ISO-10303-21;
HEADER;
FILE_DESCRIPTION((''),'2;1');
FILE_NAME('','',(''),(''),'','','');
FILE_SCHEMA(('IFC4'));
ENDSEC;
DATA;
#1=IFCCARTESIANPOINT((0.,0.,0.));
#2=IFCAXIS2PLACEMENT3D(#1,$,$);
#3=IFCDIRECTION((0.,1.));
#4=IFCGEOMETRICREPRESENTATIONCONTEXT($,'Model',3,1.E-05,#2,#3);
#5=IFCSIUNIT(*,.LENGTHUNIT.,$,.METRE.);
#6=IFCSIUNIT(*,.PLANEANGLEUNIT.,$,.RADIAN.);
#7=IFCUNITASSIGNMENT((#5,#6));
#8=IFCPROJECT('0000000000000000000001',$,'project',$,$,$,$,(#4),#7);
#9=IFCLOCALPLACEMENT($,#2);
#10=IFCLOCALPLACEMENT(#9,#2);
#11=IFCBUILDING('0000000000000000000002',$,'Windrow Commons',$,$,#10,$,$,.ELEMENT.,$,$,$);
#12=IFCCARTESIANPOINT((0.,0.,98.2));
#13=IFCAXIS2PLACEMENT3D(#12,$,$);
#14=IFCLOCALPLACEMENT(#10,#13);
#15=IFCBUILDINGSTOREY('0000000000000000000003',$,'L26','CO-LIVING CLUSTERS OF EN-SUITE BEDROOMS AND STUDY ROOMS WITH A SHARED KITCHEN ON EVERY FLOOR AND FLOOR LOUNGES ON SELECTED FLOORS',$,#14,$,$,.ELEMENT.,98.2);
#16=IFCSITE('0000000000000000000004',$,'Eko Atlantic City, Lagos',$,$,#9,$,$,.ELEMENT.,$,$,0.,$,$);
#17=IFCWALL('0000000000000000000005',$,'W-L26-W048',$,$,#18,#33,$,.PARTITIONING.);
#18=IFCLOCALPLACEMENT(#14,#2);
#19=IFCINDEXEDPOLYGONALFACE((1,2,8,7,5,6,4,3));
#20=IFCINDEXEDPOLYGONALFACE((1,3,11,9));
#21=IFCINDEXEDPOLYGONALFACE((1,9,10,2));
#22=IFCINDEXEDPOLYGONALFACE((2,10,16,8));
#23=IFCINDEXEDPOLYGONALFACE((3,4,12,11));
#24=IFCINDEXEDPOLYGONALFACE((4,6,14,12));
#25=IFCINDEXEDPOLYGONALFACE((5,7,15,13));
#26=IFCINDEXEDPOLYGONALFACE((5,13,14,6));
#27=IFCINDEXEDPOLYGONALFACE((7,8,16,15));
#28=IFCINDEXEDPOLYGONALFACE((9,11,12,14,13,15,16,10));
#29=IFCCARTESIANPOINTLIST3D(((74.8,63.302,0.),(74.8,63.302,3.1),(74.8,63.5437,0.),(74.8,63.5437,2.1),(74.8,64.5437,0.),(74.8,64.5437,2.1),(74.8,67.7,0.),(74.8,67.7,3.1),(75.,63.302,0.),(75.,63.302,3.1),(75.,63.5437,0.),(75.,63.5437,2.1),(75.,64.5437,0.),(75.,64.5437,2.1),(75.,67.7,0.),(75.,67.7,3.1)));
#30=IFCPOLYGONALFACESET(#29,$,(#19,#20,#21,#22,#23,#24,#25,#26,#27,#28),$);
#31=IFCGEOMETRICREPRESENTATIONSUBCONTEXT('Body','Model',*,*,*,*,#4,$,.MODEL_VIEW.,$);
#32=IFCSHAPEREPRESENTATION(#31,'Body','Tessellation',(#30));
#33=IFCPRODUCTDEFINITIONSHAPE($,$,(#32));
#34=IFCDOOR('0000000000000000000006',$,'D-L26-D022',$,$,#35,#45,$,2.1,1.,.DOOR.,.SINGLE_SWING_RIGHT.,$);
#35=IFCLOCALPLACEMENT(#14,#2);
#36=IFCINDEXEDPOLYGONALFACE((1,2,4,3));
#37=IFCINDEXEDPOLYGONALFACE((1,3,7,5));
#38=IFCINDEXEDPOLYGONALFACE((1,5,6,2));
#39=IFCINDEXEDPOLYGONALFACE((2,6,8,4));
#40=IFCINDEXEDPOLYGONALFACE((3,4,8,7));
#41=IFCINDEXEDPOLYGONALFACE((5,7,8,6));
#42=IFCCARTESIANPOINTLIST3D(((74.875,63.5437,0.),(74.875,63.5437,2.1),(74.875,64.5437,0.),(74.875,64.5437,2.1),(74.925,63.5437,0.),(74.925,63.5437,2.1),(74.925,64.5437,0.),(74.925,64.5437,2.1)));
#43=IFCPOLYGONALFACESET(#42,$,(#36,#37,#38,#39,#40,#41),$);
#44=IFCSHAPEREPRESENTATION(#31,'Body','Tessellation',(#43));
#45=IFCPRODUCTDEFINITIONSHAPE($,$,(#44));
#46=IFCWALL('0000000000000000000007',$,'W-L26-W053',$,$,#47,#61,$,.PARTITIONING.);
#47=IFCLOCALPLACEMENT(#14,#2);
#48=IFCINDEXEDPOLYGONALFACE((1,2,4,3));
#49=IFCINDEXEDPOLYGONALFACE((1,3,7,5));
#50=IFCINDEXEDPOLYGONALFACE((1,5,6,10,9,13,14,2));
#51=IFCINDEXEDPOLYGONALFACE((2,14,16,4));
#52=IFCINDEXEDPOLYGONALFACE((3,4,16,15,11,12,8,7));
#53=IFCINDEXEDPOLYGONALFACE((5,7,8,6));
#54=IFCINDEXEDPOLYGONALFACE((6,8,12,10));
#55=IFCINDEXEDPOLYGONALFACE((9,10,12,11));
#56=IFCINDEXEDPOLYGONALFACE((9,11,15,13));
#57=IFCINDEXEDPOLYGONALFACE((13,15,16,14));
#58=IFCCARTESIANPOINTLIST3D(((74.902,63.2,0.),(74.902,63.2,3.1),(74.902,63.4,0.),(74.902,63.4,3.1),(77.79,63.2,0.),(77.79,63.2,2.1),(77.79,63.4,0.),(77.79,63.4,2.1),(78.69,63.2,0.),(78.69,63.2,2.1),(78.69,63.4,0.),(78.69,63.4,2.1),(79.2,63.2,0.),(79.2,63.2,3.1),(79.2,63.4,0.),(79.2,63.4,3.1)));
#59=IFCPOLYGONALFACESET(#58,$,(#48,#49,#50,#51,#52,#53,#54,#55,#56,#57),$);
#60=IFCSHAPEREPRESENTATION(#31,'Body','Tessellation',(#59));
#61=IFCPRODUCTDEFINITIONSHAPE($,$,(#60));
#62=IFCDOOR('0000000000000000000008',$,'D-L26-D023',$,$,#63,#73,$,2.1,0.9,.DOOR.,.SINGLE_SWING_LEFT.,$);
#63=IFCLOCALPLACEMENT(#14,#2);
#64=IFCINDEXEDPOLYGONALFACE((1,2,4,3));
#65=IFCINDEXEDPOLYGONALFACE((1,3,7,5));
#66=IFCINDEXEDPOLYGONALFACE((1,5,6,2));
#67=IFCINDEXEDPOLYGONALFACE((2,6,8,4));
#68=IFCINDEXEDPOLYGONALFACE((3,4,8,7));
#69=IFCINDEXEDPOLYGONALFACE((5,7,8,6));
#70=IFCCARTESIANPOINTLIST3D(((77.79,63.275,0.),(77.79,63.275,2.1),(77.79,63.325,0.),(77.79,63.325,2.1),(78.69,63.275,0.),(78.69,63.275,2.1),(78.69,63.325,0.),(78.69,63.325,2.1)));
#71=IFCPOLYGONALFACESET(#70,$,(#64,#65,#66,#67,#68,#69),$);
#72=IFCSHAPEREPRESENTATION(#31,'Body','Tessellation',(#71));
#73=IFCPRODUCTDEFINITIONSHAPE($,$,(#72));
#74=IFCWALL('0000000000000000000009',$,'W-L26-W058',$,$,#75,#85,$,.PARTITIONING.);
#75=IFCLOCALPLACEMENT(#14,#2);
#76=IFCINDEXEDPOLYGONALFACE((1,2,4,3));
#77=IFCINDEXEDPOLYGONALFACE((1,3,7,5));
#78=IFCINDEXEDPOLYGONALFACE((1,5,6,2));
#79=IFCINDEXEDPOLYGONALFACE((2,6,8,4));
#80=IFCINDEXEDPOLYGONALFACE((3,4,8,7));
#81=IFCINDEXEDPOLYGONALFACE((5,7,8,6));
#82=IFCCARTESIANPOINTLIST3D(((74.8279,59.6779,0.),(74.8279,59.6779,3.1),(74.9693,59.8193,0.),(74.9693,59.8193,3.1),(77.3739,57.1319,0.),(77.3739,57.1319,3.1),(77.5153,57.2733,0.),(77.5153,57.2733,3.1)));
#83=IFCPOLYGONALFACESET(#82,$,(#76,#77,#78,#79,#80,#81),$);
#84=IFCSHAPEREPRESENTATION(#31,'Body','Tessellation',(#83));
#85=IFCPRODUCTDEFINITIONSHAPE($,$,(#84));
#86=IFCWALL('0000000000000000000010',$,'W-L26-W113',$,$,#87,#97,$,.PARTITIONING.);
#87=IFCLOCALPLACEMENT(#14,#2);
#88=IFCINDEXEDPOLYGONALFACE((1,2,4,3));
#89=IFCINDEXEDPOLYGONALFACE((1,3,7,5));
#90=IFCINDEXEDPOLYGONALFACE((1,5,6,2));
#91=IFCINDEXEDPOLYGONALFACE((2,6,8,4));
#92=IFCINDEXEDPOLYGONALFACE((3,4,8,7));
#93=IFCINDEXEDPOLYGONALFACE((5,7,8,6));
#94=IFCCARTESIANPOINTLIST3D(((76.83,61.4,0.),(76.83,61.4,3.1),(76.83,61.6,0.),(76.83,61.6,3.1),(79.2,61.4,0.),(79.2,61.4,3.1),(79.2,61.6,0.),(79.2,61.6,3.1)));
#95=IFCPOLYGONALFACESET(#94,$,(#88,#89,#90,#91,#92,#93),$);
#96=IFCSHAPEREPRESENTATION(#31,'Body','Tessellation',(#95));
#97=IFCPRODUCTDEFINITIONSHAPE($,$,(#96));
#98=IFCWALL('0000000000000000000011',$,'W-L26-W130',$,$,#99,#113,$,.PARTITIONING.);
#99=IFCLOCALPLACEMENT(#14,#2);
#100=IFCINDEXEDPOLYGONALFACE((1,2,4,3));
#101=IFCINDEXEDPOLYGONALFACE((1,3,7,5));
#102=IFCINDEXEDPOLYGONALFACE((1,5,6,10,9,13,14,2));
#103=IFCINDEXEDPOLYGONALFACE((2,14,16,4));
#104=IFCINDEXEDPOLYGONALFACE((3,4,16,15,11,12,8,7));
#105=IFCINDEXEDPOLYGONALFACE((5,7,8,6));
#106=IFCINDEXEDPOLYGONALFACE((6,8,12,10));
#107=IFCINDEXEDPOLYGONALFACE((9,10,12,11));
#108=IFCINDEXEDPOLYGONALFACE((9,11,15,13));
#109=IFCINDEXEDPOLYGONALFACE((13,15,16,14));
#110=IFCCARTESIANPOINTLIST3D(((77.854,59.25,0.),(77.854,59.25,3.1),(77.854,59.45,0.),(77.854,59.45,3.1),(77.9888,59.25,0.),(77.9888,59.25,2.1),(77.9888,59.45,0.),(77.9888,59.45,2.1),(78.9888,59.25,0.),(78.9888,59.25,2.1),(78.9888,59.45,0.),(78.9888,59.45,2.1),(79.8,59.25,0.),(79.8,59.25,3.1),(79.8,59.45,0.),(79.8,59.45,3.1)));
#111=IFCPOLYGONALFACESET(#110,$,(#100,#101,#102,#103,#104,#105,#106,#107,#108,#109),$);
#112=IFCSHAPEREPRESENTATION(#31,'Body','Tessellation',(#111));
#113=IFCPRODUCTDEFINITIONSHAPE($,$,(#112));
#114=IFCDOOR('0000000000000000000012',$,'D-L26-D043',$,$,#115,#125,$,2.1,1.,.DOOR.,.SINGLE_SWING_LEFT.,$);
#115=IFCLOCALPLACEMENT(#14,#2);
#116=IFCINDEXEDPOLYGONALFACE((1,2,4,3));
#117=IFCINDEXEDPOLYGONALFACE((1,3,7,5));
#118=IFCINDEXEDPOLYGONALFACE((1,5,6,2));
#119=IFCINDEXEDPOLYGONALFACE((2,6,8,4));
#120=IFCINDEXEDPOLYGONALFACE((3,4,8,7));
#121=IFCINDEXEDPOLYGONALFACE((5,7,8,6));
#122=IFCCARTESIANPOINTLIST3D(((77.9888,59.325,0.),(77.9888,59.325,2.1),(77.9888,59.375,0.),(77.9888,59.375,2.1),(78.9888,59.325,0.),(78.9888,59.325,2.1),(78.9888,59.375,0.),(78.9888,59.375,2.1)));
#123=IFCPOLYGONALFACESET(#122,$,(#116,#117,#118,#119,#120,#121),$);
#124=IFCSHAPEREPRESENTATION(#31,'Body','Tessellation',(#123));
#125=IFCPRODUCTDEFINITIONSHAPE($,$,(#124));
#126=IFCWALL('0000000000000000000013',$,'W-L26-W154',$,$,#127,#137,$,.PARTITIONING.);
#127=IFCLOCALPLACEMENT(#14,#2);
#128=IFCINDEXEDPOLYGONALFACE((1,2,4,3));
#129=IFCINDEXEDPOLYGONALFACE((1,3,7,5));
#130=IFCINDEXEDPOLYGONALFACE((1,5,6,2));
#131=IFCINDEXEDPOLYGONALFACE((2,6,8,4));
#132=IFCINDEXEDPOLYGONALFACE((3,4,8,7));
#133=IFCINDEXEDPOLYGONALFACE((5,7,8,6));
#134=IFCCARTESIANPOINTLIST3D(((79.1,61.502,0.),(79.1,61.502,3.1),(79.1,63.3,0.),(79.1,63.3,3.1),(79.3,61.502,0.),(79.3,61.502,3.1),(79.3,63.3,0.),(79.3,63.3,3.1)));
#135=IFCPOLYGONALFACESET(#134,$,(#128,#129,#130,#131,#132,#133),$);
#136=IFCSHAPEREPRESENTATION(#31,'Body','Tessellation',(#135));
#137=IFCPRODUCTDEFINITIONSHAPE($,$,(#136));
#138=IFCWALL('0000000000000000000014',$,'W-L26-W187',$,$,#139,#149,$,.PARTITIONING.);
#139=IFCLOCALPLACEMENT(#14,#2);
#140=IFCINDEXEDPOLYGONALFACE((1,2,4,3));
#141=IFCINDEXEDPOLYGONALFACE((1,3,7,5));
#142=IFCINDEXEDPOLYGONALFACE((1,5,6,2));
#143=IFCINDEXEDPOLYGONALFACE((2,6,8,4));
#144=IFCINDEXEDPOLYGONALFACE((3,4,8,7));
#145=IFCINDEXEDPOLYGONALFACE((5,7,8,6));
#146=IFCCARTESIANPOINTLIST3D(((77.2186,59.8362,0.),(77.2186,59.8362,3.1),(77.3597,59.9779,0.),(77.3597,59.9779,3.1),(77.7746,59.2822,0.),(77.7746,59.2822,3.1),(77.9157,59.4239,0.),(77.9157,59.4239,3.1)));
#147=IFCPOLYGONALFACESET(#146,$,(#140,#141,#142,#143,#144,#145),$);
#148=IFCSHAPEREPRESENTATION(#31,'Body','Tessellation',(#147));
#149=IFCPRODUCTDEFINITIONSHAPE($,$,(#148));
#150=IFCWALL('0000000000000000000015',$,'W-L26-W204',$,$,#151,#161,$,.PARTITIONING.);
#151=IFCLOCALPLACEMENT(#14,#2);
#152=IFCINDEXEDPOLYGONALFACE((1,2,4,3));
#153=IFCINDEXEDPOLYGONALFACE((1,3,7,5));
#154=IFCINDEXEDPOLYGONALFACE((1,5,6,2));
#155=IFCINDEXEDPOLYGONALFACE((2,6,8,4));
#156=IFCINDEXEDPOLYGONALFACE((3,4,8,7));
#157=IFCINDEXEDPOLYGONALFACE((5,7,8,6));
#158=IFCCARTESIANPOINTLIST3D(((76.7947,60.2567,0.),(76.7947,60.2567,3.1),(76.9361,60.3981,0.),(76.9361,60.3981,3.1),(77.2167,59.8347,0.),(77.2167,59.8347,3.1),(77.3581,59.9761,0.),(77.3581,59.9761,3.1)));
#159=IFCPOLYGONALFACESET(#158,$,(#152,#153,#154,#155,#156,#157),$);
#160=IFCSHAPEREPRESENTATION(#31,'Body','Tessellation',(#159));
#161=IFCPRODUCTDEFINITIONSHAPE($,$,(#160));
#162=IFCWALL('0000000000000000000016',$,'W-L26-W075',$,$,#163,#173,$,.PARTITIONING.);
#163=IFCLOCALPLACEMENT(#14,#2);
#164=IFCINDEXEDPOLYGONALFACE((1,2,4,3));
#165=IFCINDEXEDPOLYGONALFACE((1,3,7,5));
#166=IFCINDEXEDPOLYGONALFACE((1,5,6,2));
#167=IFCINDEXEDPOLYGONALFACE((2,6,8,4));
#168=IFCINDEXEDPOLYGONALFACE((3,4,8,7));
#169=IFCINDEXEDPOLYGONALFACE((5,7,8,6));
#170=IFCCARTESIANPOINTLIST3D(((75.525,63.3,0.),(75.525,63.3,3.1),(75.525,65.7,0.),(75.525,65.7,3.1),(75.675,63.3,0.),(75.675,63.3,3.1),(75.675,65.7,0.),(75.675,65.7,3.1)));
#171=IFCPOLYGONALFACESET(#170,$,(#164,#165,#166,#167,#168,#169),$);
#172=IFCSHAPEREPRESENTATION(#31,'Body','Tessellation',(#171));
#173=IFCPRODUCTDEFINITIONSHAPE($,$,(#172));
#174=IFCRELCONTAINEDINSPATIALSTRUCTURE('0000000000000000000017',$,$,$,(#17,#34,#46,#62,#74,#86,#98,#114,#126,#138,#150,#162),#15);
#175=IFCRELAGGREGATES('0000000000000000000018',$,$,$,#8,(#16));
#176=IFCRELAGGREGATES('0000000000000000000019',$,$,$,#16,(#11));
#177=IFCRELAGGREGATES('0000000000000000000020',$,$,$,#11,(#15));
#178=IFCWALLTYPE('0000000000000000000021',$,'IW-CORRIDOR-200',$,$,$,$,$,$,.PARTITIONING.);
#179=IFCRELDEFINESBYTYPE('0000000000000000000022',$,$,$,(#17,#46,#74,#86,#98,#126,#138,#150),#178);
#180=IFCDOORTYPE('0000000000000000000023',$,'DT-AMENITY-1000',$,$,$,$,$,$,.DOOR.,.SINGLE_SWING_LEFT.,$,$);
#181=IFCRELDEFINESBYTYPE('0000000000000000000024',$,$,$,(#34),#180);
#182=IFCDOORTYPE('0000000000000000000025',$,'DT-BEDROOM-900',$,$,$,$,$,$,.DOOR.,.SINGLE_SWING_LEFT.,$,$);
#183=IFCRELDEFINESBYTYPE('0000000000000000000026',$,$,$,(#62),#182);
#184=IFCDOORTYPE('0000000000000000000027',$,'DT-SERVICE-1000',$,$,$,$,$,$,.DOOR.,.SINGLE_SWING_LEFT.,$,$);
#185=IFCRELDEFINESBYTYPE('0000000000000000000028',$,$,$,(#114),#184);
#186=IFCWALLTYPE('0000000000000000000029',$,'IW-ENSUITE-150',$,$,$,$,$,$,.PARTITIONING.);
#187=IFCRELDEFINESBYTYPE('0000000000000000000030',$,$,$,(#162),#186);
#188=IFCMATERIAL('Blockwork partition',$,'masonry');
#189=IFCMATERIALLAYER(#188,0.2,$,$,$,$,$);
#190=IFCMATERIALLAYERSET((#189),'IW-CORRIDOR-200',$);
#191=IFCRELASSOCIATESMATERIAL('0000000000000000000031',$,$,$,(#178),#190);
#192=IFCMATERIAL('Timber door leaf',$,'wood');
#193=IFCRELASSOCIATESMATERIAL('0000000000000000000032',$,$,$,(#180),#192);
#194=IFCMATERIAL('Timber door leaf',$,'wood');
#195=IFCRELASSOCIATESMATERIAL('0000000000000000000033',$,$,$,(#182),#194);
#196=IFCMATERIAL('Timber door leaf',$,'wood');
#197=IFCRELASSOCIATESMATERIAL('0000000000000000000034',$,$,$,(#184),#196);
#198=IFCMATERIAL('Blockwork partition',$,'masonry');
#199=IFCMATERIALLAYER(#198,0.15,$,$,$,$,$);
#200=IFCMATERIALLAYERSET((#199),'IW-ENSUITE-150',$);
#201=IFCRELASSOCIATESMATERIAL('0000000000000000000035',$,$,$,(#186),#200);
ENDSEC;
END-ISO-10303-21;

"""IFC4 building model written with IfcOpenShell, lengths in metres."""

from ifc_helpers import new_model, si_unit, direction, frame, frame_2d, origin, place, context, subcontext, project, spatial, rectangle, extrude, material, layer, layer_set, type_object, element, fill, save


model = new_model("IFC4")

# Units and contexts
model_context = context("Model", 3, precision=1e-05, world=origin(), true_north=direction((0.0, 1.0)))
body_context = subcontext(model_context, "Body", "Model", "MODEL_VIEW")
ifc_project = project(units=[si_unit("LENGTHUNIT", "METRE"), si_unit("PLANEANGLEUNIT", "RADIAN")], contexts=[model_context])

# Site, building, storey
site_placement = place(None, origin())
site = spatial("IfcSite", under=ifc_project, at=site_placement, Name="Eko Atlantic City, Lagos", CompositionType="ELEMENT", RefElevation=0.0)
building_placement = place(site_placement, origin())
building = spatial("IfcBuilding", under=site, at=building_placement, Name="Windrow Commons", CompositionType="ELEMENT")
storey_placement = place(building_placement, frame((0.0, 0.0, 98.2)))
storey = spatial("IfcBuildingStorey", under=building, at=storey_placement, Name="L26", Description="CO-LIVING CLUSTERS OF EN-SUITE BEDROOMS AND STUDY ROOMS WITH A SHARED KITCHEN ON EVERY FLOOR AND FLOOR LOUNGES ON SELECTED FLOORS", CompositionType="ELEMENT", Elevation=98.2)

# Walls, openings, doors
ifc_material_1 = material(Name="Blockwork partition", Category="masonry")
ifc_layer_1 = layer(ifc_material_1, 0.2)
ifc_layer_set_1 = layer_set([ifc_layer_1], Name="IW-CORRIDOR-200")
wall_type_1 = type_object("IfcWallType", Name="IW-CORRIDOR-200", PredefinedType="PARTITIONING", material=ifc_layer_set_1)
wall_1_placement = place(storey_placement, frame((74.9, 63.302, 0.0), z_axis=(0.0, 0.0, 1.0), x_axis=(0.0, 1.0, 0.0)))
wall_1 = element("IfcWall", 1, at=wall_1_placement, inside=storey, type_object=wall_type_1, Name="W-L26-W048", PredefinedType="PARTITIONING", context=body_context, shape_type="SweptSolid", body=[
    extrude(rectangle(XDim=4.398, YDim=0.2, at=frame_2d((2.199, 0.0))), origin(), (0.0, 0.0, 1.0), 3.1),
])
opening_1_placement = place(wall_1_placement, frame((0.2417, 0.0, 0.0)))
opening_1 = element("IfcOpeningElement", 2, at=opening_1_placement, cuts=wall_1, PredefinedType="OPENING", context=body_context, shape_type="SweptSolid", body=[
    extrude(rectangle(XDim=1.0, YDim=2.1, at=frame_2d((0.5, 1.05))), frame((0.0, 0.11, 0.0), z_axis=(0.0, -1.0, 0.0), x_axis=(1.0, 0.0, 0.0)), (0.0, 0.0, 1.0), 0.22),
])
ifc_material_2 = material(Name="Timber door leaf", Category="wood")
door_type_1 = type_object("IfcDoorType", Name="DT-AMENITY-1000", OperationType="SINGLE_SWING_LEFT", PredefinedType="DOOR", material=ifc_material_2)
door_1_placement = place(opening_1_placement, origin())
door_1 = element("IfcDoor", 3, at=door_1_placement, inside=storey, type_object=door_type_1, Name="D-L26-D022", OperationType="SINGLE_SWING_RIGHT", OverallHeight=2.1, OverallWidth=1.0, PredefinedType="DOOR", context=body_context, shape_type="SweptSolid", body=[
    extrude(rectangle(XDim=1.0, YDim=2.1, at=frame_2d((0.5, 1.05))), frame((0.0, 0.025, 0.0), z_axis=(0.0, -1.0, 0.0), x_axis=(1.0, 0.0, 0.0)), (0.0, 0.0, 1.0), 0.05),
])
fill(opening_1, door_1)
wall_2_placement = place(storey_placement, frame((74.902, 63.3, 0.0), z_axis=(0.0, 0.0, 1.0), x_axis=(1.0, 0.0, 0.0)))
wall_2 = element("IfcWall", 4, at=wall_2_placement, inside=storey, type_object=wall_type_1, Name="W-L26-W053", PredefinedType="PARTITIONING", context=body_context, shape_type="SweptSolid", body=[
    extrude(rectangle(XDim=4.298, YDim=0.2, at=frame_2d((2.149, 0.0))), origin(), (0.0, 0.0, 1.0), 3.1),
])
opening_2_placement = place(wall_2_placement, frame((2.888, 0.0, 0.0)))
opening_2 = element("IfcOpeningElement", 5, at=opening_2_placement, cuts=wall_2, PredefinedType="OPENING", context=body_context, shape_type="SweptSolid", body=[
    extrude(rectangle(XDim=0.9, YDim=2.1, at=frame_2d((0.45, 1.05))), frame((0.0, 0.11, 0.0), z_axis=(0.0, -1.0, 0.0), x_axis=(1.0, 0.0, 0.0)), (0.0, 0.0, 1.0), 0.22),
])
ifc_material_3 = material(Name="Timber door leaf", Category="wood")
door_type_2 = type_object("IfcDoorType", Name="DT-BEDROOM-900", OperationType="SINGLE_SWING_LEFT", PredefinedType="DOOR", material=ifc_material_3)
door_2_placement = place(opening_2_placement, origin())
door_2 = element("IfcDoor", 6, at=door_2_placement, inside=storey, type_object=door_type_2, Name="D-L26-D023", OperationType="SINGLE_SWING_LEFT", OverallHeight=2.1, OverallWidth=0.9, PredefinedType="DOOR", context=body_context, shape_type="SweptSolid", body=[
    extrude(rectangle(XDim=0.9, YDim=2.1, at=frame_2d((0.45, 1.05))), frame((0.0, 0.025, 0.0), z_axis=(0.0, -1.0, 0.0), x_axis=(1.0, 0.0, 0.0)), (0.0, 0.0, 1.0), 0.05),
])
fill(opening_2, door_2)

# Walls
wall_3_placement = place(storey_placement, frame((74.8986, 59.7486, 0.0), z_axis=(0.0, 0.0, 1.0), x_axis=(0.707107, -0.707107, 0.0)))
element("IfcWall", 7, at=wall_3_placement, inside=storey, type_object=wall_type_1, Name="W-L26-W058", PredefinedType="PARTITIONING", context=body_context, shape_type="SweptSolid", body=[
    extrude(rectangle(XDim=3.6006, YDim=0.2, at=frame_2d((1.8003, 0.0))), origin(), (0.0, 0.0, 1.0), 3.1),
])
wall_4_placement = place(storey_placement, frame((76.83, 61.5, 0.0), z_axis=(0.0, 0.0, 1.0), x_axis=(1.0, 0.0, 0.0)))
element("IfcWall", 8, at=wall_4_placement, inside=storey, type_object=wall_type_1, Name="W-L26-W113", PredefinedType="PARTITIONING", context=body_context, shape_type="SweptSolid", body=[
    extrude(rectangle(XDim=2.37, YDim=0.2, at=frame_2d((1.185, 0.0))), origin(), (0.0, 0.0, 1.0), 3.1),
])

# Wall, opening, door
wall_5_placement = place(storey_placement, frame((77.854, 59.35, 0.0), z_axis=(0.0, 0.0, 1.0), x_axis=(1.0, 0.0, 0.0)))
wall_5 = element("IfcWall", 9, at=wall_5_placement, inside=storey, type_object=wall_type_1, Name="W-L26-W130", PredefinedType="PARTITIONING", context=body_context, shape_type="SweptSolid", body=[
    extrude(rectangle(XDim=1.946, YDim=0.2, at=frame_2d((0.973, 0.0))), origin(), (0.0, 0.0, 1.0), 3.1),
])
opening_3_placement = place(wall_5_placement, frame((0.1348, 0.0, 0.0)))
opening_3 = element("IfcOpeningElement", 10, at=opening_3_placement, cuts=wall_5, PredefinedType="OPENING", context=body_context, shape_type="SweptSolid", body=[
    extrude(rectangle(XDim=1.0, YDim=2.1, at=frame_2d((0.5, 1.05))), frame((0.0, 0.11, 0.0), z_axis=(0.0, -1.0, 0.0), x_axis=(1.0, 0.0, 0.0)), (0.0, 0.0, 1.0), 0.22),
])
ifc_material_4 = material(Name="Timber door leaf", Category="wood")
door_type_3 = type_object("IfcDoorType", Name="DT-SERVICE-1000", OperationType="SINGLE_SWING_LEFT", PredefinedType="DOOR", material=ifc_material_4)
door_3_placement = place(opening_3_placement, origin())
door_3 = element("IfcDoor", 11, at=door_3_placement, inside=storey, type_object=door_type_3, Name="D-L26-D043", OperationType="SINGLE_SWING_LEFT", OverallHeight=2.1, OverallWidth=1.0, PredefinedType="DOOR", context=body_context, shape_type="SweptSolid", body=[
    extrude(rectangle(XDim=1.0, YDim=2.1, at=frame_2d((0.5, 1.05))), frame((0.0, 0.025, 0.0), z_axis=(0.0, -1.0, 0.0), x_axis=(1.0, 0.0, 0.0)), (0.0, 0.0, 1.0), 0.05),
])
fill(opening_3, door_3)

# Walls
wall_6_placement = place(storey_placement, frame((79.2, 61.502, 0.0), z_axis=(0.0, 0.0, 1.0), x_axis=(0.0, 1.0, 0.0)))
element("IfcWall", 12, at=wall_6_placement, inside=storey, type_object=wall_type_1, Name="W-L26-W154", PredefinedType="PARTITIONING", context=body_context, shape_type="SweptSolid", body=[
    extrude(rectangle(XDim=1.798, YDim=0.2, at=frame_2d((0.899, 0.0))), origin(), (0.0, 0.0, 1.0), 3.1),
])
wall_7_placement = place(storey_placement, frame((77.2891, 59.9071, 0.0), z_axis=(0.0, 0.0, 1.0), x_axis=(0.70838, -0.705832, 0.0)))
element("IfcWall", 13, at=wall_7_placement, inside=storey, type_object=wall_type_1, Name="W-L26-W187", PredefinedType="PARTITIONING", context=body_context, shape_type="SweptSolid", body=[
    extrude(rectangle(XDim=0.7849, YDim=0.2, at=frame_2d((0.3925, 0.0))), origin(), (0.0, 0.0, 1.0), 3.1),
])
wall_8_placement = place(storey_placement, frame((76.8654, 60.3274, 0.0), z_axis=(0.0, 0.0, 1.0), x_axis=(0.707107, -0.707107, 0.0)))
element("IfcWall", 14, at=wall_8_placement, inside=storey, type_object=wall_type_1, Name="W-L26-W204", PredefinedType="PARTITIONING", context=body_context, shape_type="SweptSolid", body=[
    extrude(rectangle(XDim=0.5968, YDim=0.2, at=frame_2d((0.2984, 0.0))), origin(), (0.0, 0.0, 1.0), 3.1),
])
ifc_material_5 = material(Name="Blockwork partition", Category="masonry")
ifc_layer_2 = layer(ifc_material_5, 0.15)
ifc_layer_set_2 = layer_set([ifc_layer_2], Name="IW-ENSUITE-150")
wall_type_2 = type_object("IfcWallType", Name="IW-ENSUITE-150", PredefinedType="PARTITIONING", material=ifc_layer_set_2)
for number, where, z_axis, x_axis, name in (
    (15, (75.6, 63.3, 0.0), (0.0, 0.0, 1.0), (0.0, 1.0, 0.0), "W-L26-W075"),
):
    element("IfcWall", number, at=place(storey_placement, frame(where, z_axis=z_axis, x_axis=x_axis)), inside=storey, type_object=wall_type_2, Name=name, PredefinedType="PARTITIONING", context=body_context, shape_type="SweptSolid", body=[
        extrude(rectangle(XDim=2.4, YDim=0.15, at=frame_2d((1.2, 0.0))), origin(), (0.0, 0.0, 1.0), 3.1),
    ])

save(model, "model.ifc")
